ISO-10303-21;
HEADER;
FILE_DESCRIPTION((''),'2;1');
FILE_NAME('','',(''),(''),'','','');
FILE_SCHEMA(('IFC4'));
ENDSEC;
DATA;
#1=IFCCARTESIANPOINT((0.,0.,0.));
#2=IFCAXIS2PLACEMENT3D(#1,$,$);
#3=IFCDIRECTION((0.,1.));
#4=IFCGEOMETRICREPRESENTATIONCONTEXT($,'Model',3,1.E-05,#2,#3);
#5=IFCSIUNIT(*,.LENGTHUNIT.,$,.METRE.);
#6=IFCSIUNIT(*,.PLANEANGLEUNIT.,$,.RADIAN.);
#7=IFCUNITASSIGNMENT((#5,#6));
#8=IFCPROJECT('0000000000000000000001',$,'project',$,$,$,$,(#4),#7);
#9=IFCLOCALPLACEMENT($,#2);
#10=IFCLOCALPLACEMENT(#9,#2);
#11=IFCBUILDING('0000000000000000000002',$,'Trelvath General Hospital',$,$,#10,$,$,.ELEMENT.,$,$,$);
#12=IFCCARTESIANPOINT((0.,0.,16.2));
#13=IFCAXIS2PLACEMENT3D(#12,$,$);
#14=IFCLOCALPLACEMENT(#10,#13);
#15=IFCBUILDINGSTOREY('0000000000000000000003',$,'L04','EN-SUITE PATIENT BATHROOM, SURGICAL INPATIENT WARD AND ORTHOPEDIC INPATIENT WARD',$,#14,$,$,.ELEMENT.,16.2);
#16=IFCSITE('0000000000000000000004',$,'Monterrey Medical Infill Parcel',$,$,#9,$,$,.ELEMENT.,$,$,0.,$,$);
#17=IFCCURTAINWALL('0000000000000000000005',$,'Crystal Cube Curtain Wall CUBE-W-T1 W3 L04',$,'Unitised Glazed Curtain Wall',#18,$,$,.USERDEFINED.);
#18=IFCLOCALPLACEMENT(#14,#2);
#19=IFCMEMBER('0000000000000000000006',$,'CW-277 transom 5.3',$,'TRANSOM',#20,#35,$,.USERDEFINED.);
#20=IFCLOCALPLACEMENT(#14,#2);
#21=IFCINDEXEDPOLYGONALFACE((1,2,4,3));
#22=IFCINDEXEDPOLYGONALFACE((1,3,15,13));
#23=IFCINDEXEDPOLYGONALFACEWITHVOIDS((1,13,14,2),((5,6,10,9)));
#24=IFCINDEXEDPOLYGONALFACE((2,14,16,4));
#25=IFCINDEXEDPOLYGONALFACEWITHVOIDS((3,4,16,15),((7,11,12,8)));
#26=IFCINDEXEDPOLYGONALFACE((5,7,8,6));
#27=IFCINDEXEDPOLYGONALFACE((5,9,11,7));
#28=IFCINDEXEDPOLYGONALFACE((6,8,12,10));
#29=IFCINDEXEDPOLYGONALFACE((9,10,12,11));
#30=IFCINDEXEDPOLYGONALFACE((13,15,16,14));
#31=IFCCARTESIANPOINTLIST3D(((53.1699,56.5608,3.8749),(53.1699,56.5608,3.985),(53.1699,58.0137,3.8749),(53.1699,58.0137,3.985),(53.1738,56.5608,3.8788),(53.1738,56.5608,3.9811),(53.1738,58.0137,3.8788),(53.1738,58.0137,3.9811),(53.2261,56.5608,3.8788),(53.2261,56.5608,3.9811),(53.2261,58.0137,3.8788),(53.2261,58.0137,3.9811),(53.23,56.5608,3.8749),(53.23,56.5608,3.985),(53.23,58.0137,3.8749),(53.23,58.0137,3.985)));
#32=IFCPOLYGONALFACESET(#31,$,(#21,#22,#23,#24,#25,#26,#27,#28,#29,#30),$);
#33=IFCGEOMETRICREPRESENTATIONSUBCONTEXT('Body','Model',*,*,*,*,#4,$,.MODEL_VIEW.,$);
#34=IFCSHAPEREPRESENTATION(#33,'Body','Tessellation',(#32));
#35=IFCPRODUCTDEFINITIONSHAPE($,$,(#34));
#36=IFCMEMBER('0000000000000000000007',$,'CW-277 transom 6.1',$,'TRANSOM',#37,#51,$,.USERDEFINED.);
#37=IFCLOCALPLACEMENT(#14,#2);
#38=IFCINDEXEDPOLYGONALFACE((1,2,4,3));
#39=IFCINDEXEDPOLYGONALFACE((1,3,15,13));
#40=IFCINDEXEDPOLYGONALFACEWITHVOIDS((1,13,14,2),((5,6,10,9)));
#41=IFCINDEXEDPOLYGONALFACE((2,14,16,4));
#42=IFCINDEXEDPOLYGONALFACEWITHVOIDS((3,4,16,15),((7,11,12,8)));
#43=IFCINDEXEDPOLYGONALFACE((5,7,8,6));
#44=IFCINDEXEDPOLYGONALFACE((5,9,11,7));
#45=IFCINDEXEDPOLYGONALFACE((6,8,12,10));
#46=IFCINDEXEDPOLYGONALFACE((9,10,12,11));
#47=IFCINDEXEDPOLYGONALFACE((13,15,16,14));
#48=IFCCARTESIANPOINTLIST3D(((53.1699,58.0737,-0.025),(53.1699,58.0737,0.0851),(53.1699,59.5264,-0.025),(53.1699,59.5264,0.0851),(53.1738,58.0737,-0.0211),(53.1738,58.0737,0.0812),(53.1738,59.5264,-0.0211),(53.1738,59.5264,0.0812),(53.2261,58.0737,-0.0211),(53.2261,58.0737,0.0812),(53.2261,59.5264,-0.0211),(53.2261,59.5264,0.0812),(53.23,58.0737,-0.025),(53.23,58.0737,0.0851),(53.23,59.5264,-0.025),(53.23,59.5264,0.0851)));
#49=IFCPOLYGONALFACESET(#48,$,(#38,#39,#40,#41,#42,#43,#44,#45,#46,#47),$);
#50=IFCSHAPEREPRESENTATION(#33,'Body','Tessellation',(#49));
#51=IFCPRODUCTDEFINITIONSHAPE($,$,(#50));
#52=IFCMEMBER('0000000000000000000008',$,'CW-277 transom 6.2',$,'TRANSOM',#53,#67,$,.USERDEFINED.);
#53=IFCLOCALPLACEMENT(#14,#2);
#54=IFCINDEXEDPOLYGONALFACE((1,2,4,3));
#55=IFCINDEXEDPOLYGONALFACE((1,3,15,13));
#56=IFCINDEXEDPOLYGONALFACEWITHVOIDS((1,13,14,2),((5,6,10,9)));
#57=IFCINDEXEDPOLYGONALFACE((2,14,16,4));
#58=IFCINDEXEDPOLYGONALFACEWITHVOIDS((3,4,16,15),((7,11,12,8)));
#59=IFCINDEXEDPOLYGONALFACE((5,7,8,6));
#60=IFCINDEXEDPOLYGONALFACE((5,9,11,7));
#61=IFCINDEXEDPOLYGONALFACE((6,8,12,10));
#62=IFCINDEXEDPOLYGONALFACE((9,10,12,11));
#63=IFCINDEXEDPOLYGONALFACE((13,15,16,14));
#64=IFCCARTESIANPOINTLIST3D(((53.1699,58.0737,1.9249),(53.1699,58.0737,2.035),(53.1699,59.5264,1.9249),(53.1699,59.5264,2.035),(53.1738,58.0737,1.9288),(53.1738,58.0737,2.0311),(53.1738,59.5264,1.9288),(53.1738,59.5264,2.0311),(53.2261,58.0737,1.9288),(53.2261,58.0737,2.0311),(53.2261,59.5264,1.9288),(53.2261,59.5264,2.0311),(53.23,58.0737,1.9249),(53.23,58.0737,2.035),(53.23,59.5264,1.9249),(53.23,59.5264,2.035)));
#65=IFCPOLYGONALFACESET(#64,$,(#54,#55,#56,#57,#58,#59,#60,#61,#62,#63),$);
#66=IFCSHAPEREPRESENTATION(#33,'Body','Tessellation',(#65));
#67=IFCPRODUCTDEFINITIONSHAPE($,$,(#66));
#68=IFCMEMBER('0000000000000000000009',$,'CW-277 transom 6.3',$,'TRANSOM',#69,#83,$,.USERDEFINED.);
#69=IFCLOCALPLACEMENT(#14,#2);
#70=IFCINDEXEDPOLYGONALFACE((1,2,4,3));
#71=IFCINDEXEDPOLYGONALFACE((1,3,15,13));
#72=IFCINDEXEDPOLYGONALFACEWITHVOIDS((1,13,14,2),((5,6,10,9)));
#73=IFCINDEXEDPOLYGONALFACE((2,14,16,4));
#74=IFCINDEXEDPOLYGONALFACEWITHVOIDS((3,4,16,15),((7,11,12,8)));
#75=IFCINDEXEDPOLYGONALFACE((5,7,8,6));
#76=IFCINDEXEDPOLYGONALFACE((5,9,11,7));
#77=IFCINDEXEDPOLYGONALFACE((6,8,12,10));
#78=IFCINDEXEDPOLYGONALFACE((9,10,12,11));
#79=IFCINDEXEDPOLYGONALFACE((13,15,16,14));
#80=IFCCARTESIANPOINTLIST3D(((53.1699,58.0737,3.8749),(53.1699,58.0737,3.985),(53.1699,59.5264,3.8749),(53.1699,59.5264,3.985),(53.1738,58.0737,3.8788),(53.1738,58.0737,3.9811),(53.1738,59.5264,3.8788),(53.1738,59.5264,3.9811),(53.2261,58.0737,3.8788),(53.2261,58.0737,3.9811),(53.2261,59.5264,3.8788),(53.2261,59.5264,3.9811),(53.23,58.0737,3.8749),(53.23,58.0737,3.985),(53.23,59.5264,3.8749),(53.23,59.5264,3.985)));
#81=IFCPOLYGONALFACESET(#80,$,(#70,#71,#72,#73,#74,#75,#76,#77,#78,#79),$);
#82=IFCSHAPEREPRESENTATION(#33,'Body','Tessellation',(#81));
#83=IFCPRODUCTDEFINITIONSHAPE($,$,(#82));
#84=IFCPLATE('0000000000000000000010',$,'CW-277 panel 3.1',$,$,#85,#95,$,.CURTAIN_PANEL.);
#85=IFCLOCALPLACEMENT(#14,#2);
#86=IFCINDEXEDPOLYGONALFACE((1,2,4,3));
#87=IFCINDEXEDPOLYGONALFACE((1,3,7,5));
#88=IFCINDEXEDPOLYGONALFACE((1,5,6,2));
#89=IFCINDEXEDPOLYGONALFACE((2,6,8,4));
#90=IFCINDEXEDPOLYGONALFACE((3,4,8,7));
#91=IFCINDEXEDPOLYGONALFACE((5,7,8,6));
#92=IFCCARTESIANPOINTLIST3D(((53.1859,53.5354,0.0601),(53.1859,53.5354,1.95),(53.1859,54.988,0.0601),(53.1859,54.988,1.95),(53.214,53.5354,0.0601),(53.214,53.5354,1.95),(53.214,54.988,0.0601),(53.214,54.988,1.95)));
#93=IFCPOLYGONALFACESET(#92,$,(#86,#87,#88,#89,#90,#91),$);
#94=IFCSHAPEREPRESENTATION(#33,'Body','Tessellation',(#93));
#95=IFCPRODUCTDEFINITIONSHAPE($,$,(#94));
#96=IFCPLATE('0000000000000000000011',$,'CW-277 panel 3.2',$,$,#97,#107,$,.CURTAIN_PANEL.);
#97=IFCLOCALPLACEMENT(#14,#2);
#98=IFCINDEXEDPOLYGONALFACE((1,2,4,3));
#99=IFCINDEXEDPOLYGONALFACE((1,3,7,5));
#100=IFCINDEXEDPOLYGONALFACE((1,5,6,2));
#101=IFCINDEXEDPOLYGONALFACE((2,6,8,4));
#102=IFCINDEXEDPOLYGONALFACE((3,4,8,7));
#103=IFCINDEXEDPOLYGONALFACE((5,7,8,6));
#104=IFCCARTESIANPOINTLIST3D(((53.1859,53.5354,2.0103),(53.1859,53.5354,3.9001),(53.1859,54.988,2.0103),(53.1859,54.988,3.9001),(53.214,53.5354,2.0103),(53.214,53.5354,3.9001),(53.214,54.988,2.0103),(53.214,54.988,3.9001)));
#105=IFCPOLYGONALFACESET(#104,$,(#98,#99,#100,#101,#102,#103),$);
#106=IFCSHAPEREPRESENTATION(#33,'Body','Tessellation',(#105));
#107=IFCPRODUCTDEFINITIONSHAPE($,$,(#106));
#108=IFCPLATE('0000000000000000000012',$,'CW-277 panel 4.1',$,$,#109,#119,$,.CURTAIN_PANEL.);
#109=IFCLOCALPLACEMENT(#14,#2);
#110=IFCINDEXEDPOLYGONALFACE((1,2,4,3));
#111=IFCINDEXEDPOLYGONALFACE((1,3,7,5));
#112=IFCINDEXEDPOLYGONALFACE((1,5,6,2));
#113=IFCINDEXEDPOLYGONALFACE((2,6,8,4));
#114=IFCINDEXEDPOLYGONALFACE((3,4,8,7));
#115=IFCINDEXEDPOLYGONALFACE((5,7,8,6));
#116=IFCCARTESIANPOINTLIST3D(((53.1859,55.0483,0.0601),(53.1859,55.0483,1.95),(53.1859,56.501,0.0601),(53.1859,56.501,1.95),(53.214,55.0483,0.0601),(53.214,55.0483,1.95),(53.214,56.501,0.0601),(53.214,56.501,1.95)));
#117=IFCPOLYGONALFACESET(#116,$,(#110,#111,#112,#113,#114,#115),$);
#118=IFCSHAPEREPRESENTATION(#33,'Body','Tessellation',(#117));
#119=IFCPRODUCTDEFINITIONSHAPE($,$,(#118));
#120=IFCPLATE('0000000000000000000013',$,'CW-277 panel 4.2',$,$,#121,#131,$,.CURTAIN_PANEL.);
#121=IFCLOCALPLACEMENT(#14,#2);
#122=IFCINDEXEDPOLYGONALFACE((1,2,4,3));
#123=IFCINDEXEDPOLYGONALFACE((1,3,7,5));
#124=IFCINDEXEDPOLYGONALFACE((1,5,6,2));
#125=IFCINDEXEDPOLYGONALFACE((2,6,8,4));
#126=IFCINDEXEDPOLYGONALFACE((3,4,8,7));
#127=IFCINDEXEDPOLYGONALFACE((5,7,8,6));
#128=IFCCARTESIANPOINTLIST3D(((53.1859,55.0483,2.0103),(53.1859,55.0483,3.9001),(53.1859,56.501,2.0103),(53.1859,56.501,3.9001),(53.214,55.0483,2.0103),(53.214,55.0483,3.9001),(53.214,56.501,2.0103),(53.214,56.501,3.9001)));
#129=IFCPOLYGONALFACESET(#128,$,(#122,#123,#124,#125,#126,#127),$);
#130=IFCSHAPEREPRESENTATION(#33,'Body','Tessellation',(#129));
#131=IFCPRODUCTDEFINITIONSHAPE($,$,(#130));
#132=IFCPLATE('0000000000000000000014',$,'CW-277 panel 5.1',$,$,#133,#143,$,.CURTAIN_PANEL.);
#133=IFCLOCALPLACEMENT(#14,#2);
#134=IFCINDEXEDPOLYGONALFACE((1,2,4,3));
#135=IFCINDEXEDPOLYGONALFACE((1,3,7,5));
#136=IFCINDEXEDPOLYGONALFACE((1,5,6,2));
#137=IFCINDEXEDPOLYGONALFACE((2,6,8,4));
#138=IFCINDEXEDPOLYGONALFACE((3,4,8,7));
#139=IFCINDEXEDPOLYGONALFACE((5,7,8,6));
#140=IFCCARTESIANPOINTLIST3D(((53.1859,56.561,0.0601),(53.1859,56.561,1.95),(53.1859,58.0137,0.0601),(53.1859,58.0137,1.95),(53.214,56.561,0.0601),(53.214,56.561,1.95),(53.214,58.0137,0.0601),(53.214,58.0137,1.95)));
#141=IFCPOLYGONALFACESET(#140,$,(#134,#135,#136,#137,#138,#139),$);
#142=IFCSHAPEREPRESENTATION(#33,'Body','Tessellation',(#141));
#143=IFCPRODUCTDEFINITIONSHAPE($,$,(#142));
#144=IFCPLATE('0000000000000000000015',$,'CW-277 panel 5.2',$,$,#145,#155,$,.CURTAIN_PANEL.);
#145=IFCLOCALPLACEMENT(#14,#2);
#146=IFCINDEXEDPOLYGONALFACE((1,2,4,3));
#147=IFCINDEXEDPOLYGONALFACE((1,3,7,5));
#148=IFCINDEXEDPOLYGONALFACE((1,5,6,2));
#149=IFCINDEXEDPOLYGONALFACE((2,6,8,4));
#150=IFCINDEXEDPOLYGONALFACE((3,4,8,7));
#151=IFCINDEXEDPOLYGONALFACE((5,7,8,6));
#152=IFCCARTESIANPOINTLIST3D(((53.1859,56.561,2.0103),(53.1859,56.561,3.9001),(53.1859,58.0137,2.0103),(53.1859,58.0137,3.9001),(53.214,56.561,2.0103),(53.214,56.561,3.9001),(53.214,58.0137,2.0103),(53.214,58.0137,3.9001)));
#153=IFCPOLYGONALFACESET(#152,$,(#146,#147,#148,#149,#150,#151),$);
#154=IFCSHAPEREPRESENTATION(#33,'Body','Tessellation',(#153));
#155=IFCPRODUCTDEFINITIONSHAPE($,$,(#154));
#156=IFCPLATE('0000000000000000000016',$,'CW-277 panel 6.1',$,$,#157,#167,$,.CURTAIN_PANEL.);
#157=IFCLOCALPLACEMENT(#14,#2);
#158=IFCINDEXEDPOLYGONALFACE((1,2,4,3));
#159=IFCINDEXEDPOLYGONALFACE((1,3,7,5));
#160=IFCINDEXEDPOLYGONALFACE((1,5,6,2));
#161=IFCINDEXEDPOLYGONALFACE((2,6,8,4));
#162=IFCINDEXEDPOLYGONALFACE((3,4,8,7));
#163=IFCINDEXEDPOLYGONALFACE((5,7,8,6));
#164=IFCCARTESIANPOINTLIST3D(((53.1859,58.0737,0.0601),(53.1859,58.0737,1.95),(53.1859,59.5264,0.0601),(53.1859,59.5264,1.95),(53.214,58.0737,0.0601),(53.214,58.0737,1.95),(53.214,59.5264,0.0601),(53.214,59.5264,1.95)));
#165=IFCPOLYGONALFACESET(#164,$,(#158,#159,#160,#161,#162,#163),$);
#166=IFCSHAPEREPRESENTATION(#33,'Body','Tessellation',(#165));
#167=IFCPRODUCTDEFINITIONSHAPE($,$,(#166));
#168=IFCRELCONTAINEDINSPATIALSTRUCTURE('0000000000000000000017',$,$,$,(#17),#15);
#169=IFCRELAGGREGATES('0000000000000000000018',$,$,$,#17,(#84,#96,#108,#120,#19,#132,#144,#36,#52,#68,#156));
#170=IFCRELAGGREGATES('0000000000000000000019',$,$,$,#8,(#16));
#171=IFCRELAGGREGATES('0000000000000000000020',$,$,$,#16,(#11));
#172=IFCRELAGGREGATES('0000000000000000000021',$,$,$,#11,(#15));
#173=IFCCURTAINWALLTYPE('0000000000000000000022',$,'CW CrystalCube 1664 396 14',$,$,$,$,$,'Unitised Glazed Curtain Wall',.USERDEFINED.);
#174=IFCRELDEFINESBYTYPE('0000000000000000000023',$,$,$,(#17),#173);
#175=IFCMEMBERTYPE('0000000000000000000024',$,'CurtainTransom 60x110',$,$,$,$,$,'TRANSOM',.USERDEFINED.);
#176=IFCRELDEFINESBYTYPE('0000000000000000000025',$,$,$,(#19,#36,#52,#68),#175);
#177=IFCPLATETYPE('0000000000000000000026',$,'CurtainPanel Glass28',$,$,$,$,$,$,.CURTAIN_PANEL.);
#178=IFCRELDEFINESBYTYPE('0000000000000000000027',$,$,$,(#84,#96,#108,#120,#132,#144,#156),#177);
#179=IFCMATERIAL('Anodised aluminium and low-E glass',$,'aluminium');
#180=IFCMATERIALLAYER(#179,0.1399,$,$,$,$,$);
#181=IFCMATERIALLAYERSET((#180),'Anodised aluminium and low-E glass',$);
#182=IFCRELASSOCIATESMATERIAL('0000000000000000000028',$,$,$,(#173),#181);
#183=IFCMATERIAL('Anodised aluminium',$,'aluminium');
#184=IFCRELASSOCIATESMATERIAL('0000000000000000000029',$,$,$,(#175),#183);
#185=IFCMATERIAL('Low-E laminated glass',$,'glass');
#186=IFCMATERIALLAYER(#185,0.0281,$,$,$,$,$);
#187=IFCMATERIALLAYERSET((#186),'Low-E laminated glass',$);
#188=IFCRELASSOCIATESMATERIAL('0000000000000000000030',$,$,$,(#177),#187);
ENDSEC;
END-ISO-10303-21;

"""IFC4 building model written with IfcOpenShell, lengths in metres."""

from ifc_helpers import new_model, si_unit, direction, frame, origin, origin_2d, place, context, subcontext, project, spatial, rectangle, hollow_rectangle, extrude, material, layer, layer_set, material_profile, profile_set, type_object, element, aggregate, save


model = new_model("IFC4")

# Units and contexts
model_context = context("Model", 3, precision=1e-05, world=origin(), true_north=direction((0.0, 1.0)))
body_context = subcontext(model_context, "Body", "Model", "MODEL_VIEW")
ifc_project = project(units=[si_unit("LENGTHUNIT", "METRE"), si_unit("PLANEANGLEUNIT", "RADIAN")], contexts=[model_context])

# Site, building, storey
site_placement = place(None, origin())
site = spatial("IfcSite", under=ifc_project, at=site_placement, Name="Monterrey Medical Infill Parcel", CompositionType="ELEMENT", RefElevation=0.0)
building_placement = place(site_placement, origin())
building = spatial("IfcBuilding", under=site, at=building_placement, Name="Trelvath General Hospital", CompositionType="ELEMENT")
storey_placement = place(building_placement, frame((0.0, 0.0, 16.2)))
storey = spatial("IfcBuildingStorey", under=building, at=storey_placement, Name="L04", Description="EN-SUITE PATIENT BATHROOM, SURGICAL INPATIENT WARD AND ORTHOPEDIC INPATIENT WARD", CompositionType="ELEMENT", Elevation=16.2)

# Curtain wall, members, plates
ifc_material_1 = material(Name="Anodised aluminium and low-E glass", Category="aluminium")
ifc_layer_1 = layer(ifc_material_1, 0.1399)
ifc_layer_set_1 = layer_set([ifc_layer_1], Name="Anodised aluminium and low-E glass")
curtain_wall_type = type_object("IfcCurtainWallType", Name="CW CrystalCube 1664 396 14", ElementType="Unitised Glazed Curtain Wall", PredefinedType="USERDEFINED", material=ifc_layer_set_1)
curtain_wall_placement = place(storey_placement, origin())
curtain_wall = element("IfcCurtainWall", 1, at=curtain_wall_placement, inside=storey, type_object=curtain_wall_type, Name="Crystal Cube Curtain Wall CUBE-W-T1 W3 L04", ObjectType="Unitised Glazed Curtain Wall", PredefinedType="USERDEFINED")
ifc_material_2 = material(Name="Anodised aluminium", Category="aluminium")
ifc_material_profile_1 = material_profile(ifc_material_2, hollow_rectangle(XDim=0.0601, YDim=0.1101, WallThickness=0.0039, at=origin_2d()), Name="RHS60x110x4")
ifc_profile_set_1 = profile_set([ifc_material_profile_1], Name="Anodised aluminium")
member_type_1 = type_object("IfcMemberType", Name="CurtainTransom 60x110", ElementType="TRANSOM", PredefinedType="USERDEFINED", material=ifc_profile_set_1)
member_1_placement = place(storey_placement, frame((53.2, 56.5608, 3.9299), z_axis=(0.0, 1.0, 0.0), x_axis=(-1.0, 0.0, 0.0)))
member_1 = element("IfcMember", 2, at=member_1_placement, type_object=member_type_1, Name="CW-277 transom 5.3", ObjectType="TRANSOM", PredefinedType="USERDEFINED", context=body_context, shape_type="SweptSolid", body=[
    extrude(hollow_rectangle(XDim=0.0601, YDim=0.1101, WallThickness=0.0039, at=origin_2d()), origin(), (0.0, 0.0, 1.0), 1.4529),
])
member_2_placement = place(storey_placement, frame((53.2, 58.0737, 0.03), z_axis=(0.0, 1.0, 0.0), x_axis=(-1.0, 0.0, 0.0)))
member_2 = element("IfcMember", 3, at=member_2_placement, type_object=member_type_1, Name="CW-277 transom 6.1", ObjectType="TRANSOM", PredefinedType="USERDEFINED", context=body_context, shape_type="SweptSolid", body=[
    extrude(hollow_rectangle(XDim=0.0601, YDim=0.1101, WallThickness=0.0039, at=origin_2d()), origin(), (0.0, 0.0, 1.0), 1.4526),
])
member_3_placement = place(storey_placement, frame((53.2, 58.0737, 1.98), z_axis=(0.0, 1.0, 0.0), x_axis=(-1.0, 0.0, 0.0)))
member_3 = element("IfcMember", 4, at=member_3_placement, type_object=member_type_1, Name="CW-277 transom 6.2", ObjectType="TRANSOM", PredefinedType="USERDEFINED", context=body_context, shape_type="SweptSolid", body=[
    extrude(hollow_rectangle(XDim=0.0601, YDim=0.1101, WallThickness=0.0039, at=origin_2d()), origin(), (0.0, 0.0, 1.0), 1.4526),
])
member_4_placement = place(storey_placement, frame((53.2, 58.0737, 3.9299), z_axis=(0.0, 1.0, 0.0), x_axis=(-1.0, 0.0, 0.0)))
member_4 = element("IfcMember", 5, at=member_4_placement, type_object=member_type_1, Name="CW-277 transom 6.3", ObjectType="TRANSOM", PredefinedType="USERDEFINED", context=body_context, shape_type="SweptSolid", body=[
    extrude(hollow_rectangle(XDim=0.0601, YDim=0.1101, WallThickness=0.0039, at=origin_2d()), origin(), (0.0, 0.0, 1.0), 1.4526),
])
ifc_material_3 = material(Name="Low-E laminated glass", Category="glass")
ifc_layer_2 = layer(ifc_material_3, 0.0281)
ifc_layer_set_2 = layer_set([ifc_layer_2], Name="Low-E laminated glass")
plate_type = type_object("IfcPlateType", Name="CurtainPanel Glass28", PredefinedType="CURTAIN_PANEL", material=ifc_layer_set_2)
plate_1_placement = place(storey_placement, frame((53.2, 54.2617, 0.0601), z_axis=(0.0, 0.0, 1.0), x_axis=(0.0, 1.0, 0.0)))
plate_1 = element("IfcPlate", 6, at=plate_1_placement, type_object=plate_type, Name="CW-277 panel 3.1", PredefinedType="CURTAIN_PANEL", context=body_context, shape_type="SweptSolid", body=[
    extrude(rectangle(XDim=1.4526, YDim=0.0281, at=origin_2d()), origin(), (0.0, 0.0, 1.0), 1.8899),
])
plate_2_placement = place(storey_placement, frame((53.2, 54.2617, 2.0103), z_axis=(0.0, 0.0, 1.0), x_axis=(0.0, 1.0, 0.0)))
plate_2 = element("IfcPlate", 7, at=plate_2_placement, type_object=plate_type, Name="CW-277 panel 3.2", PredefinedType="CURTAIN_PANEL", context=body_context, shape_type="SweptSolid", body=[
    extrude(rectangle(XDim=1.4526, YDim=0.0281, at=origin_2d()), origin(), (0.0, 0.0, 1.0), 1.8899),
])
plate_3_placement = place(storey_placement, frame((53.2, 55.7747, 0.0601), z_axis=(0.0, 0.0, 1.0), x_axis=(0.0, 1.0, 0.0)))
plate_3 = element("IfcPlate", 8, at=plate_3_placement, type_object=plate_type, Name="CW-277 panel 4.1", PredefinedType="CURTAIN_PANEL", context=body_context, shape_type="SweptSolid", body=[
    extrude(rectangle(XDim=1.4526, YDim=0.0281, at=origin_2d()), origin(), (0.0, 0.0, 1.0), 1.8899),
])
plate_4_placement = place(storey_placement, frame((53.2, 55.7747, 2.0103), z_axis=(0.0, 0.0, 1.0), x_axis=(0.0, 1.0, 0.0)))
plate_4 = element("IfcPlate", 9, at=plate_4_placement, type_object=plate_type, Name="CW-277 panel 4.2", PredefinedType="CURTAIN_PANEL", context=body_context, shape_type="SweptSolid", body=[
    extrude(rectangle(XDim=1.4526, YDim=0.0281, at=origin_2d()), origin(), (0.0, 0.0, 1.0), 1.8899),
])
plate_5_placement = place(storey_placement, frame((53.2, 57.2874, 0.0601), z_axis=(0.0, 0.0, 1.0), x_axis=(0.0, 1.0, 0.0)))
plate_5 = element("IfcPlate", 10, at=plate_5_placement, type_object=plate_type, Name="CW-277 panel 5.1", PredefinedType="CURTAIN_PANEL", context=body_context, shape_type="SweptSolid", body=[
    extrude(rectangle(XDim=1.4526, YDim=0.0281, at=origin_2d()), origin(), (0.0, 0.0, 1.0), 1.8899),
])
plate_6_placement = place(storey_placement, frame((53.2, 57.2874, 2.0103), z_axis=(0.0, 0.0, 1.0), x_axis=(0.0, 1.0, 0.0)))
plate_6 = element("IfcPlate", 11, at=plate_6_placement, type_object=plate_type, Name="CW-277 panel 5.2", PredefinedType="CURTAIN_PANEL", context=body_context, shape_type="SweptSolid", body=[
    extrude(rectangle(XDim=1.4526, YDim=0.0281, at=origin_2d()), origin(), (0.0, 0.0, 1.0), 1.8899),
])
plate_7_placement = place(storey_placement, frame((53.2, 58.8, 0.0601), z_axis=(0.0, 0.0, 1.0), x_axis=(0.0, 1.0, 0.0)))
plate_7 = element("IfcPlate", 12, at=plate_7_placement, type_object=plate_type, Name="CW-277 panel 6.1", PredefinedType="CURTAIN_PANEL", context=body_context, shape_type="SweptSolid", body=[
    extrude(rectangle(XDim=1.4526, YDim=0.0281, at=origin_2d()), origin(), (0.0, 0.0, 1.0), 1.8899),
])
aggregate(curtain_wall, [plate_1, plate_2, plate_3, plate_4, member_1, plate_5, plate_6, member_2, member_3, member_4, plate_7])

save(model, "model.ifc")
